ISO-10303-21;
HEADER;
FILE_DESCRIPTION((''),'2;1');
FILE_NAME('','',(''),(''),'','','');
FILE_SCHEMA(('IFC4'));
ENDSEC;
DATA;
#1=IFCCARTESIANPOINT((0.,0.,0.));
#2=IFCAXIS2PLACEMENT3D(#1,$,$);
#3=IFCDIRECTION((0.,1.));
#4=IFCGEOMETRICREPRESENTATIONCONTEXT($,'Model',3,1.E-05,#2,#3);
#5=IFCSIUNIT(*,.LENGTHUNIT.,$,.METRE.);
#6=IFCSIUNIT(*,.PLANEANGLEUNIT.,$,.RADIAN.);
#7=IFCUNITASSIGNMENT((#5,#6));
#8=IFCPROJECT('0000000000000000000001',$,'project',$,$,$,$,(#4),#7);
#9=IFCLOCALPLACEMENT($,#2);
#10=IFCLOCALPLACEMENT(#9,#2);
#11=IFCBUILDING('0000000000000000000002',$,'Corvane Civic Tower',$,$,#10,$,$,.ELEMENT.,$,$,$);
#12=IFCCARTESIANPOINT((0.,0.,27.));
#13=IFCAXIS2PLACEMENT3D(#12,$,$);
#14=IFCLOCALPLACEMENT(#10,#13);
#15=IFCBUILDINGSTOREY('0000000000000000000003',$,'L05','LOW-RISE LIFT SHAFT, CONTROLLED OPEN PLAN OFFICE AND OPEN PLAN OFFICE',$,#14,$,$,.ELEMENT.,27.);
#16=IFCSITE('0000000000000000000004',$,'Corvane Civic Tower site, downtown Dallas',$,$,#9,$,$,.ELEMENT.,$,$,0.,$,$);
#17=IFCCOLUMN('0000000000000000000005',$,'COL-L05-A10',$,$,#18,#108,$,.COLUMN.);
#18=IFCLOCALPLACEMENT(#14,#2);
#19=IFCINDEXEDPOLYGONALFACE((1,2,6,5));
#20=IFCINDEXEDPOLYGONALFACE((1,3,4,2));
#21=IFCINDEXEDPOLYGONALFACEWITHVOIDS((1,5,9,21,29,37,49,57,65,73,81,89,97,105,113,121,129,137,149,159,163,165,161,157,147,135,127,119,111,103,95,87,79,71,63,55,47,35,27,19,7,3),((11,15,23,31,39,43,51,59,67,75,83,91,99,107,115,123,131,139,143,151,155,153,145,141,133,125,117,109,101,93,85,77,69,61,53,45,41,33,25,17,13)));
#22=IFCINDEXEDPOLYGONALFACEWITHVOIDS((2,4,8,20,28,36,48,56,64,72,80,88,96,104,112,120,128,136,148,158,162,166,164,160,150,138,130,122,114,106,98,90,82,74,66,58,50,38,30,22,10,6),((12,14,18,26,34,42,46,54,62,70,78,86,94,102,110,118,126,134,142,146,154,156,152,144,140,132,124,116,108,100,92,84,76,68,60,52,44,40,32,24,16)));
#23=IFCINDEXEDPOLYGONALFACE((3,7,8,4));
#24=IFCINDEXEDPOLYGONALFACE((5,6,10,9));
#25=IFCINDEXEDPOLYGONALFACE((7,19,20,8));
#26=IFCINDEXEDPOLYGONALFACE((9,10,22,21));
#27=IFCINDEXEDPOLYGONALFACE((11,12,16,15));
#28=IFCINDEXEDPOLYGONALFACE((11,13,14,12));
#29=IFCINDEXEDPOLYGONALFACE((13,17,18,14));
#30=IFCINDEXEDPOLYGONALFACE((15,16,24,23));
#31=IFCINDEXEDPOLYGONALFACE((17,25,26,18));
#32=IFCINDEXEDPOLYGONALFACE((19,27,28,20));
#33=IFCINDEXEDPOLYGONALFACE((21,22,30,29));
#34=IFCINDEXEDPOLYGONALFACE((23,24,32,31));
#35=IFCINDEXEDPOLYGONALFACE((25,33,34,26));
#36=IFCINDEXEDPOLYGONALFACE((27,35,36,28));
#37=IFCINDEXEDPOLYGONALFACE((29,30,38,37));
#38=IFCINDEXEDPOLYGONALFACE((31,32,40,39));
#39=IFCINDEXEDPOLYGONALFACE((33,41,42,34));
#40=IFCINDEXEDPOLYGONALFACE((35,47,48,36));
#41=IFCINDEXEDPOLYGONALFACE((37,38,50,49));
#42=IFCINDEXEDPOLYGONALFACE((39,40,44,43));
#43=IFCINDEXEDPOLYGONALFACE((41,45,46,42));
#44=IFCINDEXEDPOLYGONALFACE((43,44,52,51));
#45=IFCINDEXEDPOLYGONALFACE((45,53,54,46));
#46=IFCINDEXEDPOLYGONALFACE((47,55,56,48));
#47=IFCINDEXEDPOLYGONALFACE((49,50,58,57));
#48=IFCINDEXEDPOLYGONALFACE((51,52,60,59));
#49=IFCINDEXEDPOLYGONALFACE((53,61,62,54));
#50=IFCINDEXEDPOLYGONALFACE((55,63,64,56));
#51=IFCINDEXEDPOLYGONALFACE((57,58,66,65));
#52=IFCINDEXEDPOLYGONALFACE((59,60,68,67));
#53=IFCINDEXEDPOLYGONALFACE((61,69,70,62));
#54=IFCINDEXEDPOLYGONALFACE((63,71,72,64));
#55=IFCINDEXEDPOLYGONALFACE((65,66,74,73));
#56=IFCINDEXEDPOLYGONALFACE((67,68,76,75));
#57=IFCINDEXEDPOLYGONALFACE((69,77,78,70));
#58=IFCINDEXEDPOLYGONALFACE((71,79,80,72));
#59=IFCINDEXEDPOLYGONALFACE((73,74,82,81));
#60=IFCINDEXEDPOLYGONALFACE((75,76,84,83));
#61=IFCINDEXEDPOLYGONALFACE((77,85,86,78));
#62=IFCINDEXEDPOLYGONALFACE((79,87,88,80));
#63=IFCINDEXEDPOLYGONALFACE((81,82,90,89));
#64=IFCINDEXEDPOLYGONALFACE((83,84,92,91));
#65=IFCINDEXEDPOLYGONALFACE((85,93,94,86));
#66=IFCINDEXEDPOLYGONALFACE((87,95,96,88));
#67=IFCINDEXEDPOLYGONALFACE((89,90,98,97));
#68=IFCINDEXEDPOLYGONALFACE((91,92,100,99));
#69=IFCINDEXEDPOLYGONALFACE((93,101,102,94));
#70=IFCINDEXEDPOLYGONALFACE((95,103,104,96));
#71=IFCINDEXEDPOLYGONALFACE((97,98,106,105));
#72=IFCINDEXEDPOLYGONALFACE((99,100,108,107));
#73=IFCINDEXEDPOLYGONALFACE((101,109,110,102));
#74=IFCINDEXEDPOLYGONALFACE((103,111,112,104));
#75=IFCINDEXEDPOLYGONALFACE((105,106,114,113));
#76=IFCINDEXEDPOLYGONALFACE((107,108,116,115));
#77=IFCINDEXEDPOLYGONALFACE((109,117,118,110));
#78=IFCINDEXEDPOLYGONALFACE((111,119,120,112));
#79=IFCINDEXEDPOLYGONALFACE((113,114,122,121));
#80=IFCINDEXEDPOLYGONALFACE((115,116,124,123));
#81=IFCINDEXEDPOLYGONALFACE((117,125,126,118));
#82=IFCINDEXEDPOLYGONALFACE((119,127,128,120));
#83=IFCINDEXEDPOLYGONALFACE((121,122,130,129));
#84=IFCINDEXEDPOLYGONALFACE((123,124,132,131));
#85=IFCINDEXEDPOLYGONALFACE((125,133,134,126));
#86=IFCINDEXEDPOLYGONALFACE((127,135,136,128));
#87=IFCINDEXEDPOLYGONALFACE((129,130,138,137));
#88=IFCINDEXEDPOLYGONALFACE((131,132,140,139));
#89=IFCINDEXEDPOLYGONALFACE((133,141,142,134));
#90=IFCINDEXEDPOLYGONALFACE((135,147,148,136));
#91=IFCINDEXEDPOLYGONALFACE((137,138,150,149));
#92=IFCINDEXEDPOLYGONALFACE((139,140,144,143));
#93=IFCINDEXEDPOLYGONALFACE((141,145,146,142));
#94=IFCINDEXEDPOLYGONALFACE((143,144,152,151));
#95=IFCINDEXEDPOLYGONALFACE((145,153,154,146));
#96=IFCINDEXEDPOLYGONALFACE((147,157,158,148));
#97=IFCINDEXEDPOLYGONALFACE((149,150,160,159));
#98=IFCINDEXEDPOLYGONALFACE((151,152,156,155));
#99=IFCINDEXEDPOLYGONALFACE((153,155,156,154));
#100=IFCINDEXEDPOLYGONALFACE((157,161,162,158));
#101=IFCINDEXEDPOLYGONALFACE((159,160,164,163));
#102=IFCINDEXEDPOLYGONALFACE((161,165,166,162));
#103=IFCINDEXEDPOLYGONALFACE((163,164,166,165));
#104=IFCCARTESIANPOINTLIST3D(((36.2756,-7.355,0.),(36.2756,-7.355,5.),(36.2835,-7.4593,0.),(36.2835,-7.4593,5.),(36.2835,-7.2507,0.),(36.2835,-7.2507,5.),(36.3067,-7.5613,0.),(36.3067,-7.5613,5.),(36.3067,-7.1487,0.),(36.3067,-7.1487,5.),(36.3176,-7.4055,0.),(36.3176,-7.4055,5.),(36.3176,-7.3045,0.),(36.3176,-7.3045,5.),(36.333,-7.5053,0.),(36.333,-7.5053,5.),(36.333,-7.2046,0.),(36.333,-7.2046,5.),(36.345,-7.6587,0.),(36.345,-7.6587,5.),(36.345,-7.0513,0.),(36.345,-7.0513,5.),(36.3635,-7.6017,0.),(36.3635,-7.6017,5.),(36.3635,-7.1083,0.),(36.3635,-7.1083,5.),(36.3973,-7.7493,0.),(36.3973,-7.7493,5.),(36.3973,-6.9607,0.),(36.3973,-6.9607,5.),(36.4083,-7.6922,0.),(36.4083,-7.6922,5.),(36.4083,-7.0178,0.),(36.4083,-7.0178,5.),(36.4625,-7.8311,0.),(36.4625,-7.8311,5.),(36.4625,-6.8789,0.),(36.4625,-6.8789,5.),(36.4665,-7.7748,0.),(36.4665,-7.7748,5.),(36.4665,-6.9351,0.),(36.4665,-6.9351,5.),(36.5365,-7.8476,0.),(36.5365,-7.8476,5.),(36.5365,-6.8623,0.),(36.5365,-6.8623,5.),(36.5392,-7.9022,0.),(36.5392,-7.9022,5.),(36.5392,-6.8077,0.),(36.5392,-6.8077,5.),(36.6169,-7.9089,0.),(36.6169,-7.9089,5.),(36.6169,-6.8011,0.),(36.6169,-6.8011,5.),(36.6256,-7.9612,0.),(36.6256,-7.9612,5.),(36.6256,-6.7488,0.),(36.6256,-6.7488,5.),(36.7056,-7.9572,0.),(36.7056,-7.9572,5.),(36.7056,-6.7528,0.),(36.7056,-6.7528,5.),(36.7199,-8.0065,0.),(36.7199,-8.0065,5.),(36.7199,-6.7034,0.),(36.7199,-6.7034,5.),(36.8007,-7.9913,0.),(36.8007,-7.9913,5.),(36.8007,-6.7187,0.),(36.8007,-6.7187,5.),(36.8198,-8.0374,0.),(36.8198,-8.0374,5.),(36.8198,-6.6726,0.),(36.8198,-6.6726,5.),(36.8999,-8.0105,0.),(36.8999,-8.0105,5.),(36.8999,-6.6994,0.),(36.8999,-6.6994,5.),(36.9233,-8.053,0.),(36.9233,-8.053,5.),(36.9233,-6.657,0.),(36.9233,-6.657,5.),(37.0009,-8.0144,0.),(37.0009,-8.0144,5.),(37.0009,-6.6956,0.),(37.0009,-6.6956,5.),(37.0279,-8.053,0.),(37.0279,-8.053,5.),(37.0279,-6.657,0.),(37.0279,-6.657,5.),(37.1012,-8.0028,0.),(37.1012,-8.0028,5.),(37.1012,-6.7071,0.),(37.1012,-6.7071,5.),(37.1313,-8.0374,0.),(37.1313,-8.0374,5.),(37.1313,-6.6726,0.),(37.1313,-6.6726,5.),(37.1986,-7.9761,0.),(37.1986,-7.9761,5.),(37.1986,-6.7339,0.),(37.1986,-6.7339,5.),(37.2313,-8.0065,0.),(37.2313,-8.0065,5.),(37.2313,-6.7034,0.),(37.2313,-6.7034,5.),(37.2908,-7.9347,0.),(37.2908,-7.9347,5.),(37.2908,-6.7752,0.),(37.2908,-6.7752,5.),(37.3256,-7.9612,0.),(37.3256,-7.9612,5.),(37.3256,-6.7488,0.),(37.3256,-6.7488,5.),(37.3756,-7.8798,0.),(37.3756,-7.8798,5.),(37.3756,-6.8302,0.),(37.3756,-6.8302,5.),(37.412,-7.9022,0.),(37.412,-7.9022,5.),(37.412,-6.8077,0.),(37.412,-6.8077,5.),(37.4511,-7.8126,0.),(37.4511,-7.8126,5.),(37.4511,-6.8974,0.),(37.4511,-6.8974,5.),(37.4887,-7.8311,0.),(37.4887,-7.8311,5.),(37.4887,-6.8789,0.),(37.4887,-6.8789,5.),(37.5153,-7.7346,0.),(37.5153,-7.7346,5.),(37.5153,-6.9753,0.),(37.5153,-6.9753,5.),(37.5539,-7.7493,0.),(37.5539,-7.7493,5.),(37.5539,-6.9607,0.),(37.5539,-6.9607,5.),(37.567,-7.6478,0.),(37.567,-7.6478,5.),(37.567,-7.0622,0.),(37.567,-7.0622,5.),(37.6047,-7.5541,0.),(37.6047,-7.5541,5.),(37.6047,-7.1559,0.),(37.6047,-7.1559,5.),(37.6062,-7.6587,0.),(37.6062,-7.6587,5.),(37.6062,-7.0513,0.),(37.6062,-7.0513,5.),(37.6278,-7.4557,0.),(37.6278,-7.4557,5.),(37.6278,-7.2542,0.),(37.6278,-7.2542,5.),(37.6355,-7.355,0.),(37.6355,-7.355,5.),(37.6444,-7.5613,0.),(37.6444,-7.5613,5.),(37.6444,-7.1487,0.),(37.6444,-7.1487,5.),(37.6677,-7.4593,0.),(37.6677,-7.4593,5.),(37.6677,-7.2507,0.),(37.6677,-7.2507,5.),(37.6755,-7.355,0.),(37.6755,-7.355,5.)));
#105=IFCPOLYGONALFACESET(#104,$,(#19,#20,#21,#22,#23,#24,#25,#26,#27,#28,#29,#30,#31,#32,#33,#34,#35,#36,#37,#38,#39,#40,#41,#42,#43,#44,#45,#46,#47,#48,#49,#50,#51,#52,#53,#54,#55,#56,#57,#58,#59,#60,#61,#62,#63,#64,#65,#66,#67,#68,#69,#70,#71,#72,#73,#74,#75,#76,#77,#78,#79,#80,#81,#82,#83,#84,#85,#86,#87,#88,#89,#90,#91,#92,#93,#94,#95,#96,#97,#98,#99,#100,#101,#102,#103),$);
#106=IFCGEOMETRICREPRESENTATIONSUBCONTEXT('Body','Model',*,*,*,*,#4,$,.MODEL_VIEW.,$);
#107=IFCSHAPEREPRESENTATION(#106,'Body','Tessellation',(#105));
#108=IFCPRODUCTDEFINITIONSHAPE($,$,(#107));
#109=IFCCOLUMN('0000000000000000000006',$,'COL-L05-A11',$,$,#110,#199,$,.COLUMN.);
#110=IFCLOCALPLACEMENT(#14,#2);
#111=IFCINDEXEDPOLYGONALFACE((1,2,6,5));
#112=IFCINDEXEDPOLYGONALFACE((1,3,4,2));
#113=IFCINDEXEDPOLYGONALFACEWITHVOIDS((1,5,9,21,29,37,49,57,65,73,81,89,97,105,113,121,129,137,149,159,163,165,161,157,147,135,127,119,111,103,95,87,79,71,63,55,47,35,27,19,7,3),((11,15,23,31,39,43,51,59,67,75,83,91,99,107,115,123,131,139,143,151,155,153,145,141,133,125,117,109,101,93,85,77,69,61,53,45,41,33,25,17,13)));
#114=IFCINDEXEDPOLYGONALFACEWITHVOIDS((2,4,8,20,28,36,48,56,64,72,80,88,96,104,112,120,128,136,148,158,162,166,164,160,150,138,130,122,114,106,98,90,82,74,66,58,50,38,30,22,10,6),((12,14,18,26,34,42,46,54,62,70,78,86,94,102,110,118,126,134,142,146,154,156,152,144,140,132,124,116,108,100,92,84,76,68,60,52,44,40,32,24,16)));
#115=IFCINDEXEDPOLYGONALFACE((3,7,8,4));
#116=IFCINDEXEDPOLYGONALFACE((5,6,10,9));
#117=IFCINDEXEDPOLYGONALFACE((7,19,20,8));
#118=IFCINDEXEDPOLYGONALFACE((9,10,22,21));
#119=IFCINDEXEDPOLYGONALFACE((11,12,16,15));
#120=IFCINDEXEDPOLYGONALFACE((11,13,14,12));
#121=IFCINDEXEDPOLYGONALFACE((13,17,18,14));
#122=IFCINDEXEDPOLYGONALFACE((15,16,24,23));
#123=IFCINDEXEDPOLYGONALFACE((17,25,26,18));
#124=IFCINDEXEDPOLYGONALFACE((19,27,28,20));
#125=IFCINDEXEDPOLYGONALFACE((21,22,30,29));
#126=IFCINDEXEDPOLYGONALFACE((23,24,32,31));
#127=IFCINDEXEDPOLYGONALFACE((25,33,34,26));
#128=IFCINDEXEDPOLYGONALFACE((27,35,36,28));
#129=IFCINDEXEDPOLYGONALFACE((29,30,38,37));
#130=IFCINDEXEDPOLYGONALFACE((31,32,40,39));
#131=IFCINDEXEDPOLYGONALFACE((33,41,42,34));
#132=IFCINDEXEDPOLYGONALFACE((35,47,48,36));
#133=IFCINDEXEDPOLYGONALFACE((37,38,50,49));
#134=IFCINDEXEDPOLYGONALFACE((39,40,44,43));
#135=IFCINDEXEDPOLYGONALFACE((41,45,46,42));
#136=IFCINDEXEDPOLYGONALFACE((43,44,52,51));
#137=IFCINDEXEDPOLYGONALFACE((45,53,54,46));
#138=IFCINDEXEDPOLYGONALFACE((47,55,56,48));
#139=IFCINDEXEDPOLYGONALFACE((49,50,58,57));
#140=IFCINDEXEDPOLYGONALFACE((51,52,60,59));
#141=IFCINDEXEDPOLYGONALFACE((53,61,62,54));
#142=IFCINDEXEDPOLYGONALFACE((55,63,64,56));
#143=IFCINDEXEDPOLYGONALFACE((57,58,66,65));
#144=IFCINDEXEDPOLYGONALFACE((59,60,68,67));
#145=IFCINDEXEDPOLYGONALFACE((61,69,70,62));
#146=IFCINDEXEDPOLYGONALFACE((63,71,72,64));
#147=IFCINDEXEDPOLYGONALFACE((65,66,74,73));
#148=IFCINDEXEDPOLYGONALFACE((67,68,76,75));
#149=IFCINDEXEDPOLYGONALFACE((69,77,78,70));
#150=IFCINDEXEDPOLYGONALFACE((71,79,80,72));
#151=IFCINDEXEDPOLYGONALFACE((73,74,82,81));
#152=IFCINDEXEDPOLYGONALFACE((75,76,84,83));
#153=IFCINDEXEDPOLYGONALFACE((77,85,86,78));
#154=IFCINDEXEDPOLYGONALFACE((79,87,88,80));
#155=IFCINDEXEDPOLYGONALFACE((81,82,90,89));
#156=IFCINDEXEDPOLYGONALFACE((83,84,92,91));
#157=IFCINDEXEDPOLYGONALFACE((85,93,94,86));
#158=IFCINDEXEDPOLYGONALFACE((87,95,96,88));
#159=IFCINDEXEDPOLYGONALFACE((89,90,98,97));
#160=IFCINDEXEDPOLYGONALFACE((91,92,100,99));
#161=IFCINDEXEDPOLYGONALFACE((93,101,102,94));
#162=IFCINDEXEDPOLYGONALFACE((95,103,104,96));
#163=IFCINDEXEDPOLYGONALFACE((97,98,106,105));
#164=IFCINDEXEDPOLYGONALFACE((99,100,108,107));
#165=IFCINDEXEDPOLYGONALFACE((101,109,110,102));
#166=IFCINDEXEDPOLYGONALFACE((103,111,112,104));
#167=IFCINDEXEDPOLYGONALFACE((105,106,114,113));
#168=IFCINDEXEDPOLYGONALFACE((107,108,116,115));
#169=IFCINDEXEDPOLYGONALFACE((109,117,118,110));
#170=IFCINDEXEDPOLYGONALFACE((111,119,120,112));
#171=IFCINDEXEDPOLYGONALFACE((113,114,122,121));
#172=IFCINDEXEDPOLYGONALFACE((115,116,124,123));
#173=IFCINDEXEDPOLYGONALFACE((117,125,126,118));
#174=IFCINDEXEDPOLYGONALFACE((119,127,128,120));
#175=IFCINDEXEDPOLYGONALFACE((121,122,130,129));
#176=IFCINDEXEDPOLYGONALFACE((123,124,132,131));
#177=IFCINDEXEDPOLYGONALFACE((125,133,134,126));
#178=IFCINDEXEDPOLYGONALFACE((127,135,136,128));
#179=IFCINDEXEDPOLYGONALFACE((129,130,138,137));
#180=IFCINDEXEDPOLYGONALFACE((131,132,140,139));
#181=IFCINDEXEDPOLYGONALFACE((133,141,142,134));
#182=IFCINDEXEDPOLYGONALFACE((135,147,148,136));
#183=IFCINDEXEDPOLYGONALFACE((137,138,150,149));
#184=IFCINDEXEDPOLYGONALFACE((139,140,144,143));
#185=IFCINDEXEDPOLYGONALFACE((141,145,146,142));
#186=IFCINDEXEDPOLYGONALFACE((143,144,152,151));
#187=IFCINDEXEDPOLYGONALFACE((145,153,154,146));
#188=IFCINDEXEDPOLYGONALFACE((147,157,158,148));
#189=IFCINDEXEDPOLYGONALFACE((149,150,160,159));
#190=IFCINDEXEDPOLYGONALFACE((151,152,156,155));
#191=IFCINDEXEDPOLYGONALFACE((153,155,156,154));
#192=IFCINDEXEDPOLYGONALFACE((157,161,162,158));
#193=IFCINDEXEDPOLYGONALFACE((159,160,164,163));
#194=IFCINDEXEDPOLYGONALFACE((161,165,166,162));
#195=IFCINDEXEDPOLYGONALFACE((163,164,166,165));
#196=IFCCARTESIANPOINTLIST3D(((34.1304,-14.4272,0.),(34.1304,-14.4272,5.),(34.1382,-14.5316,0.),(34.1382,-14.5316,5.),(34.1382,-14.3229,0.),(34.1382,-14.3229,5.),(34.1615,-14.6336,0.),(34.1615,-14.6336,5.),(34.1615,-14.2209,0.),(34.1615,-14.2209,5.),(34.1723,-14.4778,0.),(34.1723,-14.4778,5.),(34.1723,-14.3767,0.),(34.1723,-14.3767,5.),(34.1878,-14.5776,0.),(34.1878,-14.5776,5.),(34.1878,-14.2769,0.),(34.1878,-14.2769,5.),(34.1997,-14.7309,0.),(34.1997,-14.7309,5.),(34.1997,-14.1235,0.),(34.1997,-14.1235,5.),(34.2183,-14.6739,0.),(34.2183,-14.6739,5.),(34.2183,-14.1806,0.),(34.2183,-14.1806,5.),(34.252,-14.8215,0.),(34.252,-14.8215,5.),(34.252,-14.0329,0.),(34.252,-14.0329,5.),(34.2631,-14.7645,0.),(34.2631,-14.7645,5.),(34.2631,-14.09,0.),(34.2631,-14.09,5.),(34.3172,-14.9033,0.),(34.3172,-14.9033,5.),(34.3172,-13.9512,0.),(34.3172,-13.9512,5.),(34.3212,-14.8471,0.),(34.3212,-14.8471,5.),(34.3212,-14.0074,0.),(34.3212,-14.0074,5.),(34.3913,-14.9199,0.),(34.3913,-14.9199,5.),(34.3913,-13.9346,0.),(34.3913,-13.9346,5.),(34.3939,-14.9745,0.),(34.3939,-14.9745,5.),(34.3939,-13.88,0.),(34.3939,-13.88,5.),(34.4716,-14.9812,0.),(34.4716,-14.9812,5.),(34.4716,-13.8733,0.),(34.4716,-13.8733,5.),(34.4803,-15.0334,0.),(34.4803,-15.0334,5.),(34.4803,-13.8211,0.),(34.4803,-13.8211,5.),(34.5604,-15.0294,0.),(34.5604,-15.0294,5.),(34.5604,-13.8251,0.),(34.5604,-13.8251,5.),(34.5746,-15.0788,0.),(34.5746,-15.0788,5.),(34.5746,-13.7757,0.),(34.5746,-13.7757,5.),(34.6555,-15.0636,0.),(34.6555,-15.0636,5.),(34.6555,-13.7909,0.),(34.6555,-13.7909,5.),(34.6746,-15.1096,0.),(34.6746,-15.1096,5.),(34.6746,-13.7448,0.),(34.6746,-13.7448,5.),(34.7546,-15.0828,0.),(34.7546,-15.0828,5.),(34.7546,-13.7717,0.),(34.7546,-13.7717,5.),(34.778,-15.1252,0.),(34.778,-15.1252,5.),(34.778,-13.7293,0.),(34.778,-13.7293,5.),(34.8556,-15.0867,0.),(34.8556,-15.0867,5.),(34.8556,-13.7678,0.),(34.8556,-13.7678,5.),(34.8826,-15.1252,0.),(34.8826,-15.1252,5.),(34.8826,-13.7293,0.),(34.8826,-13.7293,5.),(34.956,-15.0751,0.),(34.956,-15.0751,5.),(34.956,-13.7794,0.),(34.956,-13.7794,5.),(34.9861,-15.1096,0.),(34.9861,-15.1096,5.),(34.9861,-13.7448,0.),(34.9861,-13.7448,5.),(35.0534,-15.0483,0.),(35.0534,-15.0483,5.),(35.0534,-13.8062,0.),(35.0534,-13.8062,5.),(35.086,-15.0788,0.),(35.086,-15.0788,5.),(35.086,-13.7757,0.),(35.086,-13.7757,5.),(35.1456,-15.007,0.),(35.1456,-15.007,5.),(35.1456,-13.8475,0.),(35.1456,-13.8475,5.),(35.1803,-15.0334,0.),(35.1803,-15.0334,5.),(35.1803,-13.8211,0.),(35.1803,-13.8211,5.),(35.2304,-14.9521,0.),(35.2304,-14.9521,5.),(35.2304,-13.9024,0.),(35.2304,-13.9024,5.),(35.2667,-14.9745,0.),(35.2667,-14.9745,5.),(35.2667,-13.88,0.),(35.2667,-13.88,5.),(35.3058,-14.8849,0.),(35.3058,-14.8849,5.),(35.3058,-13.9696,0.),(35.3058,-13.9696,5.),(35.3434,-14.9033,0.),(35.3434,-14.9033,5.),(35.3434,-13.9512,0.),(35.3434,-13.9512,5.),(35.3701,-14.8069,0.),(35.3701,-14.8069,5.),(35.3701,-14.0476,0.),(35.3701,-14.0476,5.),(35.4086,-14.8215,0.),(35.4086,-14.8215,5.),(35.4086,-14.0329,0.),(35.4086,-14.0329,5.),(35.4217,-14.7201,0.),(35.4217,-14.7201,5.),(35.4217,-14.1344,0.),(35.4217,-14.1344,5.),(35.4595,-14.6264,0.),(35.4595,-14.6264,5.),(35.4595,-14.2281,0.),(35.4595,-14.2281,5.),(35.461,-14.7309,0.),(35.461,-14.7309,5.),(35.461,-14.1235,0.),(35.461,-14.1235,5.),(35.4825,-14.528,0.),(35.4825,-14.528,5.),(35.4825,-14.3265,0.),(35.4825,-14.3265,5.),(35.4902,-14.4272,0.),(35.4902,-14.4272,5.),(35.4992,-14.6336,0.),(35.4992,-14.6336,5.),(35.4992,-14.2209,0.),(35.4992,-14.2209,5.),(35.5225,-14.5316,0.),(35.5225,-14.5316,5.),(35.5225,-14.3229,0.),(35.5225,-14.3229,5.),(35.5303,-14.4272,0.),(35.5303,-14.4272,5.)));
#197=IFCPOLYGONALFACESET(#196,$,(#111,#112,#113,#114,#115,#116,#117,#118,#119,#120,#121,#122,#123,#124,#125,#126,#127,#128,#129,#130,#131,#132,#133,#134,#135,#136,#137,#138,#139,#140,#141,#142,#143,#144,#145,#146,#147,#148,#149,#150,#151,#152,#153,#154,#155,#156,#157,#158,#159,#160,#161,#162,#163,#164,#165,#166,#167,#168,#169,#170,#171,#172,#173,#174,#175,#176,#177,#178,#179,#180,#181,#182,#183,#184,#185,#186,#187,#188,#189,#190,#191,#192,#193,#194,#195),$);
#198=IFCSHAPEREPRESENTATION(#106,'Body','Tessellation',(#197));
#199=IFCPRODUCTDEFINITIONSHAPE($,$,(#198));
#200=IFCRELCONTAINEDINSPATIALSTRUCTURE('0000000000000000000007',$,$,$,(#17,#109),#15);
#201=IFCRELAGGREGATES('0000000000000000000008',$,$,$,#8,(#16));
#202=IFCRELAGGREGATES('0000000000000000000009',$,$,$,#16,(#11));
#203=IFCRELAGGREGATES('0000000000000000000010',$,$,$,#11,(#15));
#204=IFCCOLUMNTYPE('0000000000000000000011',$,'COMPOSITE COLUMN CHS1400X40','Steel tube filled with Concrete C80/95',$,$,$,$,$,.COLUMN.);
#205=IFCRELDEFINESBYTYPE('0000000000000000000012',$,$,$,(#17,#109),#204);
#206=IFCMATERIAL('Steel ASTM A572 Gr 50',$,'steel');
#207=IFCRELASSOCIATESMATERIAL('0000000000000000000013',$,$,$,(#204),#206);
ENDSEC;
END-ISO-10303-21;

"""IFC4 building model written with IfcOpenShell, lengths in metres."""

from ifc_helpers import new_model, si_unit, direction, frame, origin, origin_2d, place, context, subcontext, project, spatial, hollow_circle, extrude, material, material_profile, profile_set, type_object, element, save


model = new_model("IFC4")

# Units and contexts
model_context = context("Model", 3, precision=1e-05, world=origin(), true_north=direction((0.0, 1.0)))
body_context = subcontext(model_context, "Body", "Model", "MODEL_VIEW")
ifc_project = project(units=[si_unit("LENGTHUNIT", "METRE"), si_unit("PLANEANGLEUNIT", "RADIAN")], contexts=[model_context])

# Site, building, storey
site_placement = place(None, origin())
site = spatial("IfcSite", under=ifc_project, at=site_placement, Name="Corvane Civic Tower site, downtown Dallas", CompositionType="ELEMENT", RefElevation=0.0)
building_placement = place(site_placement, origin())
building = spatial("IfcBuilding", under=site, at=building_placement, Name="Corvane Civic Tower", CompositionType="ELEMENT")
storey_placement = place(building_placement, frame((0.0, 0.0, 27.0)))
storey = spatial("IfcBuildingStorey", under=building, at=storey_placement, Name="L05", Description="LOW-RISE LIFT SHAFT, CONTROLLED OPEN PLAN OFFICE AND OPEN PLAN OFFICE", CompositionType="ELEMENT", Elevation=27.0)

# Columns
ifc_material_1 = material(Name="Steel ASTM A572 Gr 50", Category="steel")
ifc_material_profile_1 = material_profile(ifc_material_1, hollow_circle(Radius=0.7, WallThickness=0.04, at=origin_2d()), Name="CHS1400X40")
ifc_profile_set_1 = profile_set([ifc_material_profile_1], Name="Steel ASTM A572 Gr 50")
column_type_1 = type_object("IfcColumnType", Name="COMPOSITE COLUMN CHS1400X40", Description="Steel tube filled with Concrete C80/95", PredefinedType="COLUMN", material=ifc_profile_set_1)
for number, where, z_axis, x_axis, name in (
    (1, (36.9756, -7.355, 0.0), (0.0, 0.0, 1.0), (1.0, 0.0, 0.0), "COL-L05-A10"),
    (2, (34.8303, -14.4272, 0.0), (0.0, 0.0, 1.0), (1.0, 0.0, 0.0), "COL-L05-A11"),
):
    element("IfcColumn", number, at=place(storey_placement, frame(where, z_axis=z_axis, x_axis=x_axis)), inside=storey, type_object=column_type_1, Name=name, PredefinedType="COLUMN", context=body_context, shape_type="SweptSolid", body=[
        extrude(hollow_circle(Radius=0.7, WallThickness=0.04, at=origin_2d()), origin(), (0.0, 0.0, 1.0), 5.0),
    ])

save(model, "model.ifc")
